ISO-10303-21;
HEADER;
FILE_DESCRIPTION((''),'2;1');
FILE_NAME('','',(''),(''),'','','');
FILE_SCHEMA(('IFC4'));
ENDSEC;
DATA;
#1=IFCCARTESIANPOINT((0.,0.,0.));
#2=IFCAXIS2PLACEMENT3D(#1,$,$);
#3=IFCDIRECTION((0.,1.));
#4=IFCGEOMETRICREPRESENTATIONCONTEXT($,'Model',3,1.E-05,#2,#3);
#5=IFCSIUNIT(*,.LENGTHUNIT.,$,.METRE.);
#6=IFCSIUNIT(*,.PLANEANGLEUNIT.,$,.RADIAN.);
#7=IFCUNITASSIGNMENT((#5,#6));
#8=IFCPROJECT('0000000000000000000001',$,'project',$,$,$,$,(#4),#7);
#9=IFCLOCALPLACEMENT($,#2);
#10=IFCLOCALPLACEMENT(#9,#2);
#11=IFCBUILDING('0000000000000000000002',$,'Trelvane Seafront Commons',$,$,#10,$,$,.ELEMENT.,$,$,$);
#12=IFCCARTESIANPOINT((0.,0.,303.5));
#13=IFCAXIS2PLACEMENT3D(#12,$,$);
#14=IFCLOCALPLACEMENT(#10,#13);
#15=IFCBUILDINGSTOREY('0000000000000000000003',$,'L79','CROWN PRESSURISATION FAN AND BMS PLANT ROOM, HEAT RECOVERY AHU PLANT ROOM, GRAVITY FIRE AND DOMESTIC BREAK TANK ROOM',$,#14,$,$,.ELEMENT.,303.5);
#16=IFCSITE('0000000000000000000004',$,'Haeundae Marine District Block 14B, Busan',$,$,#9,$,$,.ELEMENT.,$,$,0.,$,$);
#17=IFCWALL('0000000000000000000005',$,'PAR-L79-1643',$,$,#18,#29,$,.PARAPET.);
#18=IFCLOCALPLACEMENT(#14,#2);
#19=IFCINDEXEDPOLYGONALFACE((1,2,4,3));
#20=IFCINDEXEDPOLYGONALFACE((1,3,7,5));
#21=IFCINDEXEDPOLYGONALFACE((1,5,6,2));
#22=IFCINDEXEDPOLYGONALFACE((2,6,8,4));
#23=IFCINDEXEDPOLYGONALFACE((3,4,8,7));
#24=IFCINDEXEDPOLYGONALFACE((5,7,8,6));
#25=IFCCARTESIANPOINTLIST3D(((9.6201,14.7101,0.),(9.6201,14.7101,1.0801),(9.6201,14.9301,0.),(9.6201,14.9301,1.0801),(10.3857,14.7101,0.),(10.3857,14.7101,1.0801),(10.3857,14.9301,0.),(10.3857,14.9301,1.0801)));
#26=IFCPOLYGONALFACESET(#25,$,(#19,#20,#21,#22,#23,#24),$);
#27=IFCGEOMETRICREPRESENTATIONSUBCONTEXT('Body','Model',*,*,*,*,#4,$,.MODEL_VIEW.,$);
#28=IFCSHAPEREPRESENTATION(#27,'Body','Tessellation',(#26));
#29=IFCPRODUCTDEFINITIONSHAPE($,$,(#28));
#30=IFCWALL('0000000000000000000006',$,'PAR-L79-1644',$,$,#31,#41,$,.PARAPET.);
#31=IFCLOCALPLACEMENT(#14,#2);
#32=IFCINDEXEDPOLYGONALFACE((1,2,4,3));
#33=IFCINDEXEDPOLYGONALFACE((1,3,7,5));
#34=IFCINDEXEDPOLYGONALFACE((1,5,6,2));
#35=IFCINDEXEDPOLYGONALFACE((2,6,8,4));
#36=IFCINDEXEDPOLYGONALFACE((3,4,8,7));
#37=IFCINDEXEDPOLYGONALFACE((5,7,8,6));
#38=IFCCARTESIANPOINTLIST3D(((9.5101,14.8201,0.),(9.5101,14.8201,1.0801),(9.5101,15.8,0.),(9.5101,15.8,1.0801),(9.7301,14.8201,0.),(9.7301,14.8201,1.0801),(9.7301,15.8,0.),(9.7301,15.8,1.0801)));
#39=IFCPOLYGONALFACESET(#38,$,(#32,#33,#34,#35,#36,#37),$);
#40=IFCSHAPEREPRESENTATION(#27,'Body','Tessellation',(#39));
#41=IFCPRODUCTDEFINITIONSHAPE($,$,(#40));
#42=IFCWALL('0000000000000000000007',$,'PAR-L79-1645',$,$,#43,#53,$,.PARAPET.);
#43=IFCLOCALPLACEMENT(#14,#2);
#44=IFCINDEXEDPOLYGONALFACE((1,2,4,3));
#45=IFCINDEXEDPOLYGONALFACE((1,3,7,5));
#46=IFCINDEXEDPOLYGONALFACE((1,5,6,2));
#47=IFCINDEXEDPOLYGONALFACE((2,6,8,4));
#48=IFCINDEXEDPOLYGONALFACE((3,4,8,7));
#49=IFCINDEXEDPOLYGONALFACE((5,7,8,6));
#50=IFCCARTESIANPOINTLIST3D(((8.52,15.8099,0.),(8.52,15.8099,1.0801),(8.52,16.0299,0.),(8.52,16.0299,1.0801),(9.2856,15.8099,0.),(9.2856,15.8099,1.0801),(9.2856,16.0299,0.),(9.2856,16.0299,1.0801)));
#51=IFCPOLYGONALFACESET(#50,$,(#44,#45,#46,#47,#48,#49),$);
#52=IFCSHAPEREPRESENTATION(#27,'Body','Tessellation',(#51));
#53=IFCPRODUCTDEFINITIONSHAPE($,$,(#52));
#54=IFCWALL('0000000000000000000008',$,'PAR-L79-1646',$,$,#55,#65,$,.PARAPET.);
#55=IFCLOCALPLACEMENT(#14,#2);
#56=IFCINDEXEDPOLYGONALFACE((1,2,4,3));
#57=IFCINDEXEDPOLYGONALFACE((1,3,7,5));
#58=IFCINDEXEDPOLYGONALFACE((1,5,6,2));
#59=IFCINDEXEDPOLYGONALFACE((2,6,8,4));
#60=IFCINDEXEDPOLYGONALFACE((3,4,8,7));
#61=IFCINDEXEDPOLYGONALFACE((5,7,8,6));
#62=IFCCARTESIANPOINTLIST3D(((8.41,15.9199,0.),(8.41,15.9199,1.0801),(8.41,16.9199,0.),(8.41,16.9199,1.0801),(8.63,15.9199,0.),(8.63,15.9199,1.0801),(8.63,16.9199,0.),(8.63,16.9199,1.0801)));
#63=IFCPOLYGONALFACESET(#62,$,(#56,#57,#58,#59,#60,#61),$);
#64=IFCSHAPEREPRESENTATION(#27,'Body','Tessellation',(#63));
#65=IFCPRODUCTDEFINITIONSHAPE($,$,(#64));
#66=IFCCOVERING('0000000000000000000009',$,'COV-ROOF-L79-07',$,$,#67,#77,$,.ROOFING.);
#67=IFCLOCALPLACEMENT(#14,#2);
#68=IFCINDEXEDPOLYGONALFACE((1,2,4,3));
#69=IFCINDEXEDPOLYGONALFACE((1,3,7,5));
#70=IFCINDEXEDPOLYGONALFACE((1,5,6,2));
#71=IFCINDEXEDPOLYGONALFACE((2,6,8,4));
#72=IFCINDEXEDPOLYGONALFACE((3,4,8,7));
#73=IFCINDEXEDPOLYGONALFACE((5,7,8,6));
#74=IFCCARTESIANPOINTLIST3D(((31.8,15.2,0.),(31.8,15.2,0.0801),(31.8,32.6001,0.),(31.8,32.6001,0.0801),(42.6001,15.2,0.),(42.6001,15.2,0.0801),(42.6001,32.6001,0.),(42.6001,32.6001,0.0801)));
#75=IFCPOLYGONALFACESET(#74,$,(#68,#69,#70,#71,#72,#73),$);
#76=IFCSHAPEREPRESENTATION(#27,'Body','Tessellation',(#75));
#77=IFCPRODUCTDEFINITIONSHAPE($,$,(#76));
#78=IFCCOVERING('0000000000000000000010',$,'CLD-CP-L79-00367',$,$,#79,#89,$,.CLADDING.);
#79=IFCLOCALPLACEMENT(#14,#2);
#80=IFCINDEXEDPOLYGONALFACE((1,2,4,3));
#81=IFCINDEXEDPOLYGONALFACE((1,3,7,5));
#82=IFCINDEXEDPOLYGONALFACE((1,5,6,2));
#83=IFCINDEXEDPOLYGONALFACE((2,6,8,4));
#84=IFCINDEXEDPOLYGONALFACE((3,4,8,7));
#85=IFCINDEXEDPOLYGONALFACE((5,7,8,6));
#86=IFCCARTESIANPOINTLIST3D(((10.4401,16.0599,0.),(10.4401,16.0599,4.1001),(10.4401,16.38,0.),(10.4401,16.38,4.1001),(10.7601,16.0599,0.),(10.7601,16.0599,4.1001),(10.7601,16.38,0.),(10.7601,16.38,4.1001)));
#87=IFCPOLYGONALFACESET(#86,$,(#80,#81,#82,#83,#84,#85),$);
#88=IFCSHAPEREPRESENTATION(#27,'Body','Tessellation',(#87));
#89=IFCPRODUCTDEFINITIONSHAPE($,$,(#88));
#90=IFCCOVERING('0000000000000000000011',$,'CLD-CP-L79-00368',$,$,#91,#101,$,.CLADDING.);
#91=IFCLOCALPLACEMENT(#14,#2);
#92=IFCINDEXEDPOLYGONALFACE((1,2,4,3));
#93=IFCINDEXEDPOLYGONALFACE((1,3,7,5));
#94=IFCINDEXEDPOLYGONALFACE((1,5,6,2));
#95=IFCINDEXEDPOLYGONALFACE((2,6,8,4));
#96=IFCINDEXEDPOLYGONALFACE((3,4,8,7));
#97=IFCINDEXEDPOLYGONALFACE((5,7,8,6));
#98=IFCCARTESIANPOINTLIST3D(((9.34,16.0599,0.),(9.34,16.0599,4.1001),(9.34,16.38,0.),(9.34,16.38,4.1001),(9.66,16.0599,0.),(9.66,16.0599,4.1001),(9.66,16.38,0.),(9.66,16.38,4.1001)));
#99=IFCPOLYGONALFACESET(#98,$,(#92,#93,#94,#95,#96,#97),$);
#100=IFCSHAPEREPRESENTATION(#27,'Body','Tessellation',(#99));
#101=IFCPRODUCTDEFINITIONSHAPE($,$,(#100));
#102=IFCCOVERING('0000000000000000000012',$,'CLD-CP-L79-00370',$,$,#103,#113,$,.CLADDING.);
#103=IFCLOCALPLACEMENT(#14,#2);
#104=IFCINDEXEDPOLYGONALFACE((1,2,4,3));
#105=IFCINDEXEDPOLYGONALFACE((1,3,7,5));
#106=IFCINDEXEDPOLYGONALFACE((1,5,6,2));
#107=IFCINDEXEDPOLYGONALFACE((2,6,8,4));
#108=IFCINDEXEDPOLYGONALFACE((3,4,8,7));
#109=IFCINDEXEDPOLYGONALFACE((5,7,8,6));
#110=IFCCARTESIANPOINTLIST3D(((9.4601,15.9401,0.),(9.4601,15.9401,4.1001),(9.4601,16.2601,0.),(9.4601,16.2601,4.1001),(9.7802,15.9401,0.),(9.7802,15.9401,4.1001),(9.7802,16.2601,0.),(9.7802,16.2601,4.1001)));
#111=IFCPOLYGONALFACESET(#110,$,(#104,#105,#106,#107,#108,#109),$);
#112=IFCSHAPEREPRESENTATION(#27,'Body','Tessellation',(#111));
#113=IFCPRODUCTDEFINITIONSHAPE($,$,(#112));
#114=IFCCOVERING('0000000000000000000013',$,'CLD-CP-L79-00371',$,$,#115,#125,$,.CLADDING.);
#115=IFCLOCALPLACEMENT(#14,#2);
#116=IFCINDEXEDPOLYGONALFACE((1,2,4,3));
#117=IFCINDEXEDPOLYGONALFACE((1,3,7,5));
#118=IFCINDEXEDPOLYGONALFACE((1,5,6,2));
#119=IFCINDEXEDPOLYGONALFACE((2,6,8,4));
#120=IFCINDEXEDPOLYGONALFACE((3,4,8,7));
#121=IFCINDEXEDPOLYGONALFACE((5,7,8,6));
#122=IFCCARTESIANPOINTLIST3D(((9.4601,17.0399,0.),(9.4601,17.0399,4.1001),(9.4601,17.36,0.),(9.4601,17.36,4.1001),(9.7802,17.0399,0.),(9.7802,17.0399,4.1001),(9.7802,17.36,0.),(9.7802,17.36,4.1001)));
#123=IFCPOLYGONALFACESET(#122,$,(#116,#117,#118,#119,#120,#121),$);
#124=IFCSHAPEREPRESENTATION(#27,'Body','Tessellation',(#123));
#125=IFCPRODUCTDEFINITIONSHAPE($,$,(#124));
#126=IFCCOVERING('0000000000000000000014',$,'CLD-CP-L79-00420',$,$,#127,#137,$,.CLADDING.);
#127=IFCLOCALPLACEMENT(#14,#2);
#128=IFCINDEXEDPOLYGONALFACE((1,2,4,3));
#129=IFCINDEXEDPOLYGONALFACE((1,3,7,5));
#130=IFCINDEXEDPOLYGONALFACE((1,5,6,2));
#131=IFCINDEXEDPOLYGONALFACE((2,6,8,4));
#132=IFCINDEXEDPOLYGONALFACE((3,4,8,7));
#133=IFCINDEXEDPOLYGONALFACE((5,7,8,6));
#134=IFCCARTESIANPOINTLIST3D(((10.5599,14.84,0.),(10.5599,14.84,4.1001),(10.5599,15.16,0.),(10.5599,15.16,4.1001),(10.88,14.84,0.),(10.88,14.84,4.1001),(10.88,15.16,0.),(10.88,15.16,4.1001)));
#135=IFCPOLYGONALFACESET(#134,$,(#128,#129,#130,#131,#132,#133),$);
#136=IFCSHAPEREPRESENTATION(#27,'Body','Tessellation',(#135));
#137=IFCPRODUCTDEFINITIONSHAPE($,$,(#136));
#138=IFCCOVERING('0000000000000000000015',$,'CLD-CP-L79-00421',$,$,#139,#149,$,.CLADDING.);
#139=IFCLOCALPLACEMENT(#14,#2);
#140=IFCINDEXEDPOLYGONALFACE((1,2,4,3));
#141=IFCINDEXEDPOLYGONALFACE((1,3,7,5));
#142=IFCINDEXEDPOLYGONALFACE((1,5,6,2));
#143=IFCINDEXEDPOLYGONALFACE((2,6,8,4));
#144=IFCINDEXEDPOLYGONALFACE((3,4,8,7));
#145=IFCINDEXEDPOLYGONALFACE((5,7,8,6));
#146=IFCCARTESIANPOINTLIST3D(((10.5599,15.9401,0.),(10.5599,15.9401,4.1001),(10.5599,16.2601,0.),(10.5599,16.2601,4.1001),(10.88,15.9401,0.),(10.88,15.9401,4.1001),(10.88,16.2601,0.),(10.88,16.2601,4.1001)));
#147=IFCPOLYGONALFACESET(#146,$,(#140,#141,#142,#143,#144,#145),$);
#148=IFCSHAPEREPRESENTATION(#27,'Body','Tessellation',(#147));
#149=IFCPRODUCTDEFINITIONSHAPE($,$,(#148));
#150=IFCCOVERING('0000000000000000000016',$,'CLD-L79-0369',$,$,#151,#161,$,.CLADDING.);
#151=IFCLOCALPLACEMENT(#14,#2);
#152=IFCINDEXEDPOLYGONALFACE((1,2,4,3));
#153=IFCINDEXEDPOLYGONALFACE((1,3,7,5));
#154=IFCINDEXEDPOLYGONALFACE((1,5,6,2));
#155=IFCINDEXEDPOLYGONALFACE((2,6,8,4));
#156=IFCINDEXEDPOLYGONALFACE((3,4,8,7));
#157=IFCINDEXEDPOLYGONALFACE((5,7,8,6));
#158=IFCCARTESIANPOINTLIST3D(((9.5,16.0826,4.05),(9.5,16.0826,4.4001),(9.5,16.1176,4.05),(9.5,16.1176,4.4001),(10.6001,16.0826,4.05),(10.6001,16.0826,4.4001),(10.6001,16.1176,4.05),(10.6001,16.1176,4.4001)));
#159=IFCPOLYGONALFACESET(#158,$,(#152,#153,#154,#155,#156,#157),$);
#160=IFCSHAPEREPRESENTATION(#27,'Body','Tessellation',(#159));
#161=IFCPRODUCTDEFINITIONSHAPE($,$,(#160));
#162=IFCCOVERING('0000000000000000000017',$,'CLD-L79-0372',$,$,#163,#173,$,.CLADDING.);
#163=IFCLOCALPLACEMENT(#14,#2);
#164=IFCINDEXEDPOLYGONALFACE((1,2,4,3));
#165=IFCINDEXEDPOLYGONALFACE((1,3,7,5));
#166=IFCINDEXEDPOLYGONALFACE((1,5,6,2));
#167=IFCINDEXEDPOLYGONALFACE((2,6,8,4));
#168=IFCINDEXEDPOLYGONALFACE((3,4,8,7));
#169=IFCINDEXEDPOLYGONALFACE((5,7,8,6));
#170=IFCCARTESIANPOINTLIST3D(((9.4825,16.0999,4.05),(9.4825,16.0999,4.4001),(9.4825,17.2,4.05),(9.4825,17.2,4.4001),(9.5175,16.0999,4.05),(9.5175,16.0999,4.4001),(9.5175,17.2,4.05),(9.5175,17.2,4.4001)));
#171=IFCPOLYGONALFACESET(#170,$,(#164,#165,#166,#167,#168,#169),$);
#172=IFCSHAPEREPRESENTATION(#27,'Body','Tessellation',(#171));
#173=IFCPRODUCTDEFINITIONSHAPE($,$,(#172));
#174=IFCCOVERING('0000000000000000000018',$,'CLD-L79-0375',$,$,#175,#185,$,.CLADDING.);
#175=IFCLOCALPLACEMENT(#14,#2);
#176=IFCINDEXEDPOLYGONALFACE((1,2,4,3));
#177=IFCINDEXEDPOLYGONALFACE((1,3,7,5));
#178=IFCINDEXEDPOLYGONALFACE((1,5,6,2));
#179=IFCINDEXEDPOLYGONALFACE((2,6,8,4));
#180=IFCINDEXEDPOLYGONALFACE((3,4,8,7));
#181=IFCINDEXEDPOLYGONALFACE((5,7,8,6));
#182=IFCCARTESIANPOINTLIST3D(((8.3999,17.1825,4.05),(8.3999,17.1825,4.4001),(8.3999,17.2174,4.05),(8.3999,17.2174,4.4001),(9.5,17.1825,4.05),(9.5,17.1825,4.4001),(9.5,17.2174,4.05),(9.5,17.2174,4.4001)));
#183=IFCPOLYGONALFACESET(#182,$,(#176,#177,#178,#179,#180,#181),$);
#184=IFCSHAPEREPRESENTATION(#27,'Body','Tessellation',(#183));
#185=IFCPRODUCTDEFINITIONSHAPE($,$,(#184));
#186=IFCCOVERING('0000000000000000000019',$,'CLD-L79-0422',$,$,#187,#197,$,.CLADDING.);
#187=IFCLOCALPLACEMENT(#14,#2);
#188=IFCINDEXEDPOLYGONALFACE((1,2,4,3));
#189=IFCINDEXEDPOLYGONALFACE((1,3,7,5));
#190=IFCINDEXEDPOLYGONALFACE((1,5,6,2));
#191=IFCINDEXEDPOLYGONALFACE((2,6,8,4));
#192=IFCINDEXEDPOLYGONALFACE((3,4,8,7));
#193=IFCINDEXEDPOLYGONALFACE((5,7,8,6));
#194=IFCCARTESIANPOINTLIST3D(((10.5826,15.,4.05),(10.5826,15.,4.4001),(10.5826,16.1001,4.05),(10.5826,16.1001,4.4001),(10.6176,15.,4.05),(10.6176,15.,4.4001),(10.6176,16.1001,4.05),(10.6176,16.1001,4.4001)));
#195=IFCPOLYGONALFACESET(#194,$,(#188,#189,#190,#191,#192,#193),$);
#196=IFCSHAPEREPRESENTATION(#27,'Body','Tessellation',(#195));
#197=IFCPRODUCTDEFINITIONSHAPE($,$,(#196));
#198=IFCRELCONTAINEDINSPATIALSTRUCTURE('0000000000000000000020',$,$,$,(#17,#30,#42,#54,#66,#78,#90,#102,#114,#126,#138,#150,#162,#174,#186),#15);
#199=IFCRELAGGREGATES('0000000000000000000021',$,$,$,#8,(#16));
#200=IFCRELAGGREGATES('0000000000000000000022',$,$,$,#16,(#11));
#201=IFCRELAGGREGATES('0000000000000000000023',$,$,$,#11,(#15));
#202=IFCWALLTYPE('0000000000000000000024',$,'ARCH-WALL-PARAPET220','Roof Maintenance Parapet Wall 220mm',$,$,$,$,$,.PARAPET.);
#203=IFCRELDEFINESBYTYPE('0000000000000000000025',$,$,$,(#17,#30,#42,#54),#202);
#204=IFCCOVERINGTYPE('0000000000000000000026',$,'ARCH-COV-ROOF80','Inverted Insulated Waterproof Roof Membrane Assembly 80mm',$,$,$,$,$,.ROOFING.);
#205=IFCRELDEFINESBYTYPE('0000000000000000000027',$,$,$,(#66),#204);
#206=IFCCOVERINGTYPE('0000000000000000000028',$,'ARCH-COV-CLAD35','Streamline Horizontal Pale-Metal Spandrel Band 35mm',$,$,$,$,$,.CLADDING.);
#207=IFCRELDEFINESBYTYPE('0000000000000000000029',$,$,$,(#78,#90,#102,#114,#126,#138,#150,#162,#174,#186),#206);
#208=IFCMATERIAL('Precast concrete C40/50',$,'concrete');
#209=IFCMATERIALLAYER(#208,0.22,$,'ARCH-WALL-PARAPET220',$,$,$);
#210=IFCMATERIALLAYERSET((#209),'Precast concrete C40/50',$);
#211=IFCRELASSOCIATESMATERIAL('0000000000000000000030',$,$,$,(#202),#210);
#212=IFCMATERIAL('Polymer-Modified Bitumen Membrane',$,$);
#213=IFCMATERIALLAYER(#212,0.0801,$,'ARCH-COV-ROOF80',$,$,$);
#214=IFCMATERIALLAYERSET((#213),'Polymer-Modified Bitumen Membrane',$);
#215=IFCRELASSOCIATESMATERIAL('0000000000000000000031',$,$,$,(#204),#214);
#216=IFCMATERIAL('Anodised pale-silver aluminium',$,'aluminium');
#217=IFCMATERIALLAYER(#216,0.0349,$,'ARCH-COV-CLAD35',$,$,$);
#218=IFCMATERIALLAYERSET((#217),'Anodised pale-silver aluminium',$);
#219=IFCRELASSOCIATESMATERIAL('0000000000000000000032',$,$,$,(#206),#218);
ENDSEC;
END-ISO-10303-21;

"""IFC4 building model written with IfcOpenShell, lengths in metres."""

from ifc_helpers import new_model, si_unit, direction, frame, frame_2d, origin, origin_2d, place, context, subcontext, project, spatial, polyline, rectangle, outline, extrude, source, transform, mapped, material, layer, layer_set, type_object, element, save


model = new_model("IFC4")

# Units and contexts
model_context = context("Model", 3, precision=1e-05, world=origin(), true_north=direction((0.0, 1.0)))
body_context = subcontext(model_context, "Body", "Model", "MODEL_VIEW")
ifc_project = project(units=[si_unit("LENGTHUNIT", "METRE"), si_unit("PLANEANGLEUNIT", "RADIAN")], contexts=[model_context])

# Site, building, storey
site_placement = place(None, origin())
site = spatial("IfcSite", under=ifc_project, at=site_placement, Name="Haeundae Marine District Block 14B, Busan", CompositionType="ELEMENT", RefElevation=0.0)
building_placement = place(site_placement, origin())
building = spatial("IfcBuilding", under=site, at=building_placement, Name="Trelvane Seafront Commons", CompositionType="ELEMENT")
storey_placement = place(building_placement, frame((0.0, 0.0, 303.5)))
storey = spatial("IfcBuildingStorey", under=building, at=storey_placement, Name="L79", Description="CROWN PRESSURISATION FAN AND BMS PLANT ROOM, HEAT RECOVERY AHU PLANT ROOM, GRAVITY FIRE AND DOMESTIC BREAK TANK ROOM", CompositionType="ELEMENT", Elevation=303.5)

# Shared definitions
ifc_material_1 = material(Name="Anodised pale-silver aluminium", Category="aluminium")

# Walls
ifc_material_2 = material(Name="Precast concrete C40/50", Category="concrete")
ifc_layer_1 = layer(ifc_material_2, 0.22, Name="ARCH-WALL-PARAPET220")
ifc_layer_set_1 = layer_set([ifc_layer_1], Name="Precast concrete C40/50")
wall_type_1 = type_object("IfcWallType", Name="ARCH-WALL-PARAPET220", Description="Roof Maintenance Parapet Wall 220mm", PredefinedType="PARAPET", material=ifc_layer_set_1)
wall_1_placement = place(storey_placement, frame((10.3857, 14.8201, 0.0), z_axis=(0.0, 0.0, 1.0), x_axis=(-1.0, 0.0, 0.0)))
element("IfcWall", 1, at=wall_1_placement, inside=storey, type_object=wall_type_1, Name="PAR-L79-1643", PredefinedType="PARAPET", context=body_context, shape_type="SweptSolid", body=[
    extrude(rectangle(XDim=0.7656, YDim=0.22, at=frame_2d((0.3828, 0.0))), origin(), (0.0, 0.0, 1.0), 1.0801),
])
wall_2_placement = place(storey_placement, frame((9.6201, 14.8201, 0.0), z_axis=(0.0, 0.0, 1.0), x_axis=(0.0, 1.0, 0.0)))
element("IfcWall", 2, at=wall_2_placement, inside=storey, type_object=wall_type_1, Name="PAR-L79-1644", PredefinedType="PARAPET", context=body_context, shape_type="SweptSolid", body=[
    extrude(rectangle(XDim=0.98, YDim=0.22, at=frame_2d((0.49, 0.0))), origin(), (0.0, 0.0, 1.0), 1.0801),
])
wall_3_placement = place(storey_placement, frame((9.2856, 15.9199, 0.0), z_axis=(0.0, 0.0, 1.0), x_axis=(-1.0, 0.0, 0.0)))
element("IfcWall", 3, at=wall_3_placement, inside=storey, type_object=wall_type_1, Name="PAR-L79-1645", PredefinedType="PARAPET", context=body_context, shape_type="SweptSolid", body=[
    extrude(rectangle(XDim=0.7656, YDim=0.22, at=frame_2d((0.3828, 0.0))), origin(), (0.0, 0.0, 1.0), 1.0801),
])
wall_4_placement = place(storey_placement, frame((8.52, 15.9199, 0.0), z_axis=(0.0, 0.0, 1.0), x_axis=(0.0, 1.0, 0.0)))
element("IfcWall", 4, at=wall_4_placement, inside=storey, type_object=wall_type_1, Name="PAR-L79-1646", PredefinedType="PARAPET", context=body_context, shape_type="SweptSolid", body=[
    extrude(rectangle(XDim=1.0, YDim=0.22, at=frame_2d((0.5, 0.0))), origin(), (0.0, 0.0, 1.0), 1.0801),
])

# Coverings
ifc_material_3 = material(Name="Polymer-Modified Bitumen Membrane")
ifc_layer_2 = layer(ifc_material_3, 0.0801, Name="ARCH-COV-ROOF80")
ifc_layer_set_2 = layer_set([ifc_layer_2], Name="Polymer-Modified Bitumen Membrane")
covering_type_1 = type_object("IfcCoveringType", Name="ARCH-COV-ROOF80", Description="Inverted Insulated Waterproof Roof Membrane Assembly 80mm", PredefinedType="ROOFING", material=ifc_layer_set_2)
covering_placement = place(storey_placement, origin())
element("IfcCovering", 5, at=covering_placement, inside=storey, type_object=covering_type_1, Name="COV-ROOF-L79-07", PredefinedType="ROOFING", context=body_context, shape_type="SweptSolid", body=[
    extrude(outline(polyline([(31.8, 15.2), (42.6001, 15.2), (42.6001, 32.6001), (31.8, 32.6001), (31.8, 15.2)])), origin(), (0.0, 0.0, 1.0), 0.0801),
])
ifc_layer_3 = layer(ifc_material_1, 0.0349, Name="ARCH-COV-CLAD35")
ifc_layer_set_3 = layer_set([ifc_layer_3], Name="Anodised pale-silver aluminium")
covering_type_2 = type_object("IfcCoveringType", Name="ARCH-COV-CLAD35", Description="Streamline Horizontal Pale-Metal Spandrel Band 35mm", PredefinedType="CLADDING", material=ifc_layer_set_3)
shared_shape_1 = source(origin(), body_context, "Body", "SweptSolid", [
    extrude(rectangle(XDim=0.3201, YDim=0.3201, at=origin_2d()), origin(), (0.0, 0.0, 1.0), 4.1001),
])
for number, where, z_axis, x_axis, name in (
    (6, (10.6001, 16.22, 0.0), (0.0, 0.0, 1.0), (1.0, 0.0, 0.0), "CLD-CP-L79-00367"),
    (7, (9.5, 16.22, 0.0), (0.0, 0.0, 1.0), (1.0, 0.0, 0.0), "CLD-CP-L79-00368"),
    (8, (9.6201, 16.1001, 0.0), (0.0, 0.0, 1.0), (1.0, 0.0, 0.0), "CLD-CP-L79-00370"),
    (9, (9.6201, 17.2, 0.0), (0.0, 0.0, 1.0), (1.0, 0.0, 0.0), "CLD-CP-L79-00371"),
    (10, (10.72, 15.0, 0.0), (0.0, 0.0, 1.0), (1.0, 0.0, 0.0), "CLD-CP-L79-00420"),
    (11, (10.72, 16.1001, 0.0), (0.0, 0.0, 1.0), (1.0, 0.0, 0.0), "CLD-CP-L79-00421"),
):
    element("IfcCovering", number, at=place(storey_placement, frame(where, z_axis=z_axis, x_axis=x_axis)), inside=storey, type_object=covering_type_2, Name=name, PredefinedType="CLADDING", context=body_context, shape_type="MappedRepresentation", body=[
        mapped(shared_shape_1, transform((0.0, 0.0, 0.0), x_axis=(1.0, 0.0, 0.0), y_axis=(0.0, 1.0, 0.0), z_axis=(0.0, 0.0, 1.0), scale=1.0)),
    ])
shared_shape_2 = source(origin(), body_context, "Body", "SweptSolid", [
    extrude(rectangle(XDim=1.1001, YDim=0.0349, at=origin_2d()), origin(), (0.0, 0.0, 1.0), 0.3501),
])
for number, where, z_axis, x_axis, name in (
    (12, (10.05, 16.1001, 4.05), (0.0, 0.0, 1.0), (-1.0, 0.0, 0.0), "CLD-L79-0369"),
    (13, (9.5, 16.6499, 4.05), (0.0, 0.0, 1.0), (0.0, 1.0, 0.0), "CLD-L79-0372"),
    (14, (8.95, 17.2, 4.05), (0.0, 0.0, 1.0), (-1.0, 0.0, 0.0), "CLD-L79-0375"),
    (15, (10.6001, 15.55, 4.05), (0.0, 0.0, 1.0), (0.0, 1.0, 0.0), "CLD-L79-0422"),
):
    element("IfcCovering", number, at=place(storey_placement, frame(where, z_axis=z_axis, x_axis=x_axis)), inside=storey, type_object=covering_type_2, Name=name, PredefinedType="CLADDING", context=body_context, shape_type="MappedRepresentation", body=[
        mapped(shared_shape_2, transform((0.0, 0.0, 0.0), x_axis=(1.0, 0.0, 0.0), y_axis=(0.0, 1.0, 0.0), z_axis=(0.0, 0.0, 1.0), scale=1.0)),
    ])

save(model, "model.ifc")
